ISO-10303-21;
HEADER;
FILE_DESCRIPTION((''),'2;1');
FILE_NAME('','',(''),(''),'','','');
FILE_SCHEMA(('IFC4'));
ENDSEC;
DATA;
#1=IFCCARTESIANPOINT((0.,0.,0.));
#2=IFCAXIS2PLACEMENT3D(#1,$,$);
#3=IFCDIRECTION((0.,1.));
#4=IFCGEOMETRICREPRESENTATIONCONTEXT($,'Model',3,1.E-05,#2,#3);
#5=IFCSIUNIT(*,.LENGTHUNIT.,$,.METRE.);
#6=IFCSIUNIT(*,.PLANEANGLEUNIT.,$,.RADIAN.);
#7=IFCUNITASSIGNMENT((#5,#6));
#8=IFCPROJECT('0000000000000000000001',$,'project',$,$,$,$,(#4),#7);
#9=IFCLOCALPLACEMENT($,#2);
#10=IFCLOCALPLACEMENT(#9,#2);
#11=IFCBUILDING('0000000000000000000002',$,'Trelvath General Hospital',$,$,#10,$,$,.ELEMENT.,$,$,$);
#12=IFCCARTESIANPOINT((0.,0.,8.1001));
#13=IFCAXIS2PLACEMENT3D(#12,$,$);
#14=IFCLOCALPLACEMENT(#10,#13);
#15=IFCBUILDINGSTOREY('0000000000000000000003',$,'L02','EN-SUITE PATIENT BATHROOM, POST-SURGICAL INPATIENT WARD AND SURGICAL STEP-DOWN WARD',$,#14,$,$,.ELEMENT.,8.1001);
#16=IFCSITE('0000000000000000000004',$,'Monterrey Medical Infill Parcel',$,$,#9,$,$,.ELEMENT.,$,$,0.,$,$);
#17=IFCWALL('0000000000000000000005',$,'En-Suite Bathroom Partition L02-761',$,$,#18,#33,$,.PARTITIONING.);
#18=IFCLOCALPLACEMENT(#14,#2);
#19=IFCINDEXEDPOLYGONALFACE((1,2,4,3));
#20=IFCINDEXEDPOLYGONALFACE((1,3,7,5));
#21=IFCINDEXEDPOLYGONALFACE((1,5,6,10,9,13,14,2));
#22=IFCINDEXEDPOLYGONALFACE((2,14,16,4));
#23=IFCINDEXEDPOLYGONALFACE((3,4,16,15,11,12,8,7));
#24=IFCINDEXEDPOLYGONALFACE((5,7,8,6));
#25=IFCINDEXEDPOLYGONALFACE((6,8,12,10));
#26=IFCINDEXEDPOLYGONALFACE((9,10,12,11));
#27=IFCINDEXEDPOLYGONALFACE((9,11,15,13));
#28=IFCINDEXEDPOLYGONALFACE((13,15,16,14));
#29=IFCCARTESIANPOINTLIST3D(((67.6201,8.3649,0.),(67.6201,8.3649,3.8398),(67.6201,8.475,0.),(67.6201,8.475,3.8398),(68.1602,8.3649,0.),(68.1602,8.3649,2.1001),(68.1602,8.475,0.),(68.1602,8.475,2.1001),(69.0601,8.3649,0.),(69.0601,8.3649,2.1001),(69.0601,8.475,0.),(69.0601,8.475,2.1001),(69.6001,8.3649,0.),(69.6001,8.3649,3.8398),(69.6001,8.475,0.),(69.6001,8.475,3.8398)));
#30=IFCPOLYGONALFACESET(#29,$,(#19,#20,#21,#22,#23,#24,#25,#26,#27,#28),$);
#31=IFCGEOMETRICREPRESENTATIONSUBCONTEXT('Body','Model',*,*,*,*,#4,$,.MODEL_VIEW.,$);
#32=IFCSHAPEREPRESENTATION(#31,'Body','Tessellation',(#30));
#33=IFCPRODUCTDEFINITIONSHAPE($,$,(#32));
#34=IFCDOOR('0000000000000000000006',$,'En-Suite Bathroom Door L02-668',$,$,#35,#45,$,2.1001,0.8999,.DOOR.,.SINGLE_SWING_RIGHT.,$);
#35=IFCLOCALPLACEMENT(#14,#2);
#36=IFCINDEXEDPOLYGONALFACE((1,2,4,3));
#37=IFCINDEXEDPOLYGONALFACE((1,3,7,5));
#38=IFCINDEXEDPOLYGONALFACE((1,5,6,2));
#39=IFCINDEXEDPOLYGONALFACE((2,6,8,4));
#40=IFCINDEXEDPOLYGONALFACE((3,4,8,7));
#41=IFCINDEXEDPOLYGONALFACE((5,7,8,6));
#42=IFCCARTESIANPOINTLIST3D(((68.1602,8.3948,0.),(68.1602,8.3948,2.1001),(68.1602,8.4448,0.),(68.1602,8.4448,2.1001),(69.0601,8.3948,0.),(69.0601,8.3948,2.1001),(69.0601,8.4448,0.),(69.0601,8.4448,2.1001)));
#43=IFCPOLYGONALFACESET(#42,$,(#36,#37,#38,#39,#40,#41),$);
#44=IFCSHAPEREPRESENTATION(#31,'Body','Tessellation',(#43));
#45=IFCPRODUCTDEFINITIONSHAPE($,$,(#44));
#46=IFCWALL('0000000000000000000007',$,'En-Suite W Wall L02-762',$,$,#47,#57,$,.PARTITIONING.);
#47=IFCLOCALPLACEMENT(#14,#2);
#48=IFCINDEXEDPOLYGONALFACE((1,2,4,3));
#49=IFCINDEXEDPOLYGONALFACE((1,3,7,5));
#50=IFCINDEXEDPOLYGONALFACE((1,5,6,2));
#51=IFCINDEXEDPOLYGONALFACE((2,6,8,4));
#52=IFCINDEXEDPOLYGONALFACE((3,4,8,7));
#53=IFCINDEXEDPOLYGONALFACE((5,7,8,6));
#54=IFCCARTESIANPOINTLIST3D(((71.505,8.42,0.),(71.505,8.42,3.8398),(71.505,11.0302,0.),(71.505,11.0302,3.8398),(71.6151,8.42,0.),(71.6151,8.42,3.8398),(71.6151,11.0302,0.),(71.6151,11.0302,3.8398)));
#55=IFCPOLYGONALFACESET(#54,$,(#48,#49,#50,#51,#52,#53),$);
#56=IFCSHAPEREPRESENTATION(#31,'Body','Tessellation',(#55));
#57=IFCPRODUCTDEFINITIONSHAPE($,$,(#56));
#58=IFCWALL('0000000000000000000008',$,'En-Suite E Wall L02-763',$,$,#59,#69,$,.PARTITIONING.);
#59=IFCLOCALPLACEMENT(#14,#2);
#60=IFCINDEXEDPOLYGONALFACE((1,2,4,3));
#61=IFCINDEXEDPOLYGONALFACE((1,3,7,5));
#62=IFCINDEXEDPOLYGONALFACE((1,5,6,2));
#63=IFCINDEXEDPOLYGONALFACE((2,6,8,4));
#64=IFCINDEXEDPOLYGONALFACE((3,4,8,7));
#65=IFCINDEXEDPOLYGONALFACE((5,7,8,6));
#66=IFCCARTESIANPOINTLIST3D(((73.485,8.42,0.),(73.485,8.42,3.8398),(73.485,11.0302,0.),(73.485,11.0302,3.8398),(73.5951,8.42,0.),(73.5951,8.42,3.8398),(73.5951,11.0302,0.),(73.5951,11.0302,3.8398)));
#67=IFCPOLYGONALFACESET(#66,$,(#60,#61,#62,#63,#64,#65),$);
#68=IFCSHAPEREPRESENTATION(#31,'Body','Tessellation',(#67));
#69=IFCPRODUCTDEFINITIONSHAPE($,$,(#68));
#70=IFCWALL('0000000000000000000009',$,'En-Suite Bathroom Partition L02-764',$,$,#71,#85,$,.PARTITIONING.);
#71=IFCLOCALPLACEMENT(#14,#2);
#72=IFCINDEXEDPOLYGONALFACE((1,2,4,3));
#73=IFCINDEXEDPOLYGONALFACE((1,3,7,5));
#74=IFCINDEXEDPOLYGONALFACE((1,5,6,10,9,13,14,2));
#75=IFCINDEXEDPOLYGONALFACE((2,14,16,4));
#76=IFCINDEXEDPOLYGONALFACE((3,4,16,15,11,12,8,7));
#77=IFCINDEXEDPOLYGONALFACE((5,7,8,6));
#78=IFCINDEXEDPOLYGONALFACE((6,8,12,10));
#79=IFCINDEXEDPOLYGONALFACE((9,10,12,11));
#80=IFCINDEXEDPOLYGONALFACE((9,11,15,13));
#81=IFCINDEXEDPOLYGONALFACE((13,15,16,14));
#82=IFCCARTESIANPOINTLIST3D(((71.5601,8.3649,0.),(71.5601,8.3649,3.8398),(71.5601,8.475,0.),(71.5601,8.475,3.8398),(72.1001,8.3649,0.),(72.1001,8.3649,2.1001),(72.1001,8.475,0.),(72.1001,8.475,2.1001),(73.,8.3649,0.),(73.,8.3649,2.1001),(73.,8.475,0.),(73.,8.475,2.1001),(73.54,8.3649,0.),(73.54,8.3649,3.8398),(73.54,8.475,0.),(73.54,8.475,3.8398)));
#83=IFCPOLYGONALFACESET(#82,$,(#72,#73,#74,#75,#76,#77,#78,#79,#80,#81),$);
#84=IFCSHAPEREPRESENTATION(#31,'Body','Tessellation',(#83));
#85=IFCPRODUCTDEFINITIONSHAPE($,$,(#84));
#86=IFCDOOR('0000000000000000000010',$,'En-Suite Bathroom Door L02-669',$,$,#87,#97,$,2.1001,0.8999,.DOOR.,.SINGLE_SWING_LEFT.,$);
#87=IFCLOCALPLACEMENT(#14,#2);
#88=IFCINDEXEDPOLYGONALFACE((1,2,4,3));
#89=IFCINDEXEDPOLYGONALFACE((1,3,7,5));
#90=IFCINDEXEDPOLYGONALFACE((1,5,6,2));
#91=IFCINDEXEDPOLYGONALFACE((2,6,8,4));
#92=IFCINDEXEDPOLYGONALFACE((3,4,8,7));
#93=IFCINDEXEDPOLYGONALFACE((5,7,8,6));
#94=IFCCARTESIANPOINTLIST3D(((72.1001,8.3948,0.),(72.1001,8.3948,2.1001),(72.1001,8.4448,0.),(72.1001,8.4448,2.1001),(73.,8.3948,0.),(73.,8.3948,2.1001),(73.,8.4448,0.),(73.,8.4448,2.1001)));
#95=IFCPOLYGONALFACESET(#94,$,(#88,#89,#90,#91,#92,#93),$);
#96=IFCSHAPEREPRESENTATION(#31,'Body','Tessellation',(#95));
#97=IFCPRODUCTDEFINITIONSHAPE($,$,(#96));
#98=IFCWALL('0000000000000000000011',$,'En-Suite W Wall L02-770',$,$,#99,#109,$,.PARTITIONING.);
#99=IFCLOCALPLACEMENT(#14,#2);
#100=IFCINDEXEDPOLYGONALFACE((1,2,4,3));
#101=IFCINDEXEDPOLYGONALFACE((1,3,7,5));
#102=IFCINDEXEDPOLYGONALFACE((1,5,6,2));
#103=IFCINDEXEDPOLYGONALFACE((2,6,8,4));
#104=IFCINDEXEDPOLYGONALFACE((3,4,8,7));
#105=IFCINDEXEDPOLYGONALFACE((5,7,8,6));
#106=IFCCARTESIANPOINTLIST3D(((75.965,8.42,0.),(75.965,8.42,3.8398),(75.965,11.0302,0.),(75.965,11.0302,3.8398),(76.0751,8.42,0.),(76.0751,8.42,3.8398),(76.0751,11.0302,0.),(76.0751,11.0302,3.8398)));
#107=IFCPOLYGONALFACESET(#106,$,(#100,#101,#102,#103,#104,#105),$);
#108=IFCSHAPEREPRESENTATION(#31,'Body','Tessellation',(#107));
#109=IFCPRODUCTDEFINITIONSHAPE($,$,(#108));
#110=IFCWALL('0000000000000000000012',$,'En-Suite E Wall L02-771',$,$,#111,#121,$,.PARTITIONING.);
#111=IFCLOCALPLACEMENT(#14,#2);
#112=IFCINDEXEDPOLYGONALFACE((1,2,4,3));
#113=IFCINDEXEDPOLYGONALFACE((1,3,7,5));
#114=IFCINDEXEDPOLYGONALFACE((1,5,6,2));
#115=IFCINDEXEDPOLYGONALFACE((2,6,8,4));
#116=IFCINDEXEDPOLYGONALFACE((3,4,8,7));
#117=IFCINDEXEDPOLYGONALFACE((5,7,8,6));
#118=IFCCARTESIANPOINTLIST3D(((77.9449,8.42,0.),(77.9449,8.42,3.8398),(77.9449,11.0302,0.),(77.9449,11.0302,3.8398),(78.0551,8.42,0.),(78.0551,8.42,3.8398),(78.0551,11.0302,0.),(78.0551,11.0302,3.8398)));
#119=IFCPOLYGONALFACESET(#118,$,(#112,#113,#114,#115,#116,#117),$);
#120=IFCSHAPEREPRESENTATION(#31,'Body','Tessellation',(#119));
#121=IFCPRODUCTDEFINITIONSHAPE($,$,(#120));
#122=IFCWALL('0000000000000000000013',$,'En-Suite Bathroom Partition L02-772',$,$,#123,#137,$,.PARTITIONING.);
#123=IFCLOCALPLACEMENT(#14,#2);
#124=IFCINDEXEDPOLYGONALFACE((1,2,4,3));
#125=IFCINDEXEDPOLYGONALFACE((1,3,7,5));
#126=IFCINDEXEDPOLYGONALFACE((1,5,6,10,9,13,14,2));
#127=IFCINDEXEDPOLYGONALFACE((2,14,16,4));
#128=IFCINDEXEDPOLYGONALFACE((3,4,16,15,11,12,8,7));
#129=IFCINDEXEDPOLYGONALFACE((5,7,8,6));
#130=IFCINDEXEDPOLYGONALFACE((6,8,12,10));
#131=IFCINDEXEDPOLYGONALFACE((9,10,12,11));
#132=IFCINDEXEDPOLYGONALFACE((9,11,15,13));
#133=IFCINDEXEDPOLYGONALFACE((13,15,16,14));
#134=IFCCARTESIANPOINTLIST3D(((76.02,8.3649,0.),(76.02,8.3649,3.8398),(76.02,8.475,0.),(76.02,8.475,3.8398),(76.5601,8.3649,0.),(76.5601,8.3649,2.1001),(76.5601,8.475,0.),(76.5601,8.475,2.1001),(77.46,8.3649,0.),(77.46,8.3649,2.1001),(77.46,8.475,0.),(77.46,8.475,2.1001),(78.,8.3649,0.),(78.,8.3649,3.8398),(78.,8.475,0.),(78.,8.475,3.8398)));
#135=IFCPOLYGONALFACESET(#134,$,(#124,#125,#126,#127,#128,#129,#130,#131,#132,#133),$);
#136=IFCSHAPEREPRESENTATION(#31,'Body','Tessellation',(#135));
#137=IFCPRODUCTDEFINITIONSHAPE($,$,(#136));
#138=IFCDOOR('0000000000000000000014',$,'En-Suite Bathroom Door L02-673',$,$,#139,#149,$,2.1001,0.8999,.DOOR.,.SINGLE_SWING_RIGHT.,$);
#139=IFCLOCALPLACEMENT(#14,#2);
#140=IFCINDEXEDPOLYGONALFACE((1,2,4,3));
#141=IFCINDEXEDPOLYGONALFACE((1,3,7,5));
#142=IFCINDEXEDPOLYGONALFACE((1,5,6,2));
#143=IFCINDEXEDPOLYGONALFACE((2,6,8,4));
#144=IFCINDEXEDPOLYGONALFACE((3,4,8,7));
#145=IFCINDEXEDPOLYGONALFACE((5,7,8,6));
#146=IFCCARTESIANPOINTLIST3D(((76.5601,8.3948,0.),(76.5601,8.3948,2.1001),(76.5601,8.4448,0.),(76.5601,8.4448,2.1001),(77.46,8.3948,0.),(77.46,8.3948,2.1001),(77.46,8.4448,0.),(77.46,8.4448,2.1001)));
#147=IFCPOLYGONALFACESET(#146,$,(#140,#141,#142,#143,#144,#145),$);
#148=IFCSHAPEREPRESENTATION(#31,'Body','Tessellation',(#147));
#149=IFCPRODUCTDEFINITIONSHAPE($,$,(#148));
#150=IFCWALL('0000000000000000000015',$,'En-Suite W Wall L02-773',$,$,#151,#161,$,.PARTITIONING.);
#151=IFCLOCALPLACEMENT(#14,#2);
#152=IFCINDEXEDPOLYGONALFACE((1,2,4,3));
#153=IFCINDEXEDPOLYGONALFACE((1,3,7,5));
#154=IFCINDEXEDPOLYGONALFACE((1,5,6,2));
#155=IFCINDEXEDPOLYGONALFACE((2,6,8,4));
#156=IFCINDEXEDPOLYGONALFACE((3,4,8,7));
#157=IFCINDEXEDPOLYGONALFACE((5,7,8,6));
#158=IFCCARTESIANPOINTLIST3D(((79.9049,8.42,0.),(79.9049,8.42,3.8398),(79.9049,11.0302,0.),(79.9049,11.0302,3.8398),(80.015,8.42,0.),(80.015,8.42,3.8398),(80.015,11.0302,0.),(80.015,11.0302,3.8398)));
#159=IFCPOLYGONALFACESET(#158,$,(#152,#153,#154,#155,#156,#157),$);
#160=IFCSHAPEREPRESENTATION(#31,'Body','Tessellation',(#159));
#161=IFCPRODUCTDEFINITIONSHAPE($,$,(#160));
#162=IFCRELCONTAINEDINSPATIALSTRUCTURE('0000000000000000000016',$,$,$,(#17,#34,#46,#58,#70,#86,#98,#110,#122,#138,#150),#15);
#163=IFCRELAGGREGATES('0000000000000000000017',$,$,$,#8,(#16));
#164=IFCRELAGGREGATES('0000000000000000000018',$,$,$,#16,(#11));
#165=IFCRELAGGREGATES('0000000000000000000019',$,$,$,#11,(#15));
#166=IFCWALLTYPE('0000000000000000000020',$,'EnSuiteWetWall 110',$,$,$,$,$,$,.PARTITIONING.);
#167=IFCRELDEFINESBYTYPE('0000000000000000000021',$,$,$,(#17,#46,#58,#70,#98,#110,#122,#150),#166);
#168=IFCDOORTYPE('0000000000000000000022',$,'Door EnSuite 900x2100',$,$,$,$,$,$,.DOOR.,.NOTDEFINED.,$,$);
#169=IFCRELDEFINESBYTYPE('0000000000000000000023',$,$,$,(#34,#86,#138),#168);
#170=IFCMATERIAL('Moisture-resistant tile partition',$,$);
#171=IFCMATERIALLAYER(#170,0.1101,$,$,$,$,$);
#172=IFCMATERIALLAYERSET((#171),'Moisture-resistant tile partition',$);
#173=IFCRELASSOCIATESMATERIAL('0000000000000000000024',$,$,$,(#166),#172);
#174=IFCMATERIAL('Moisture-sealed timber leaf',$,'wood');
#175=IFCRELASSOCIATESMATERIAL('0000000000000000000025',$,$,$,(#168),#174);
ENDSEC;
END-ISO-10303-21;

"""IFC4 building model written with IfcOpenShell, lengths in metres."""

from ifc_helpers import new_model, si_unit, direction, frame, frame_2d, origin, place, context, subcontext, project, spatial, rectangle, extrude, material, layer, layer_set, type_object, element, fill, save


model = new_model("IFC4")

# Units and contexts
model_context = context("Model", 3, precision=1e-05, world=origin(), true_north=direction((0.0, 1.0)))
body_context = subcontext(model_context, "Body", "Model", "MODEL_VIEW")
ifc_project = project(units=[si_unit("LENGTHUNIT", "METRE"), si_unit("PLANEANGLEUNIT", "RADIAN")], contexts=[model_context])

# Site, building, storey
site_placement = place(None, origin())
site = spatial("IfcSite", under=ifc_project, at=site_placement, Name="Monterrey Medical Infill Parcel", CompositionType="ELEMENT", RefElevation=0.0)
building_placement = place(site_placement, origin())
building = spatial("IfcBuilding", under=site, at=building_placement, Name="Trelvath General Hospital", CompositionType="ELEMENT")
storey_placement = place(building_placement, frame((0.0, 0.0, 8.1001)))
storey = spatial("IfcBuildingStorey", under=building, at=storey_placement, Name="L02", Description="EN-SUITE PATIENT BATHROOM, POST-SURGICAL INPATIENT WARD AND SURGICAL STEP-DOWN WARD", CompositionType="ELEMENT", Elevation=8.1001)

# Shared definitions
ifc_material_1 = material(Name="Moisture-resistant tile partition")
ifc_layer_1 = layer(ifc_material_1, 0.1101)
ifc_layer_set_1 = layer_set([ifc_layer_1], Name="Moisture-resistant tile partition")
wall_type_1 = type_object("IfcWallType", Name="EnSuiteWetWall 110", PredefinedType="PARTITIONING", material=ifc_layer_set_1)

# Wall, opening, door
wall_1_placement = place(storey_placement, frame((67.6201, 8.4199, 0.0), z_axis=(0.0, 0.0, 1.0), x_axis=(1.0, 0.0, 0.0)))
wall_1 = element("IfcWall", 1, at=wall_1_placement, inside=storey, type_object=wall_type_1, Name="En-Suite Bathroom Partition L02-761", PredefinedType="PARTITIONING", context=body_context, shape_type="SweptSolid", body=[
    extrude(rectangle(XDim=1.98, YDim=0.1101, at=frame_2d((0.99, 0.0))), origin(), (0.0, 0.0, 1.0), 3.8398),
])
opening_1_placement = place(wall_1_placement, frame((0.54, 0.0, 0.0)))
opening_1 = element("IfcOpeningElement", 2, at=opening_1_placement, cuts=wall_1, PredefinedType="OPENING", context=body_context, shape_type="SweptSolid", body=[
    extrude(rectangle(XDim=0.8999, YDim=2.1001, at=frame_2d((0.45, 1.05))), frame((0.0, 0.0649, 0.0), z_axis=(0.0, -1.0, 0.0), x_axis=(1.0, 0.0, 0.0)), (0.0, 0.0, 1.0), 0.1301),
])
ifc_material_2 = material(Name="Moisture-sealed timber leaf", Category="wood")
door_type = type_object("IfcDoorType", Name="Door EnSuite 900x2100", OperationType="NOTDEFINED", PredefinedType="DOOR", material=ifc_material_2)
door_1_placement = place(opening_1_placement, origin())
door_1 = element("IfcDoor", 3, at=door_1_placement, inside=storey, type_object=door_type, Name="En-Suite Bathroom Door L02-668", OperationType="SINGLE_SWING_RIGHT", OverallHeight=2.1001, OverallWidth=0.8999, PredefinedType="DOOR", context=body_context, shape_type="SweptSolid", body=[
    extrude(rectangle(XDim=0.8999, YDim=2.1001, at=frame_2d((0.45, 1.05))), frame((0.0, 0.0249, 0.0), z_axis=(0.0, -1.0, 0.0), x_axis=(1.0, 0.0, 0.0)), (0.0, 0.0, 1.0), 0.05),
])
fill(opening_1, door_1)

# Walls
for number, where, z_axis, x_axis, name in (
    (4, (71.5601, 8.4199, 0.0), (0.0, 0.0, 1.0), (0.0, 1.0, 0.0), "En-Suite W Wall L02-762"),
    (5, (73.54, 8.4199, 0.0), (0.0, 0.0, 1.0), (0.0, 1.0, 0.0), "En-Suite E Wall L02-763"),
):
    element("IfcWall", number, at=place(storey_placement, frame(where, z_axis=z_axis, x_axis=x_axis)), inside=storey, type_object=wall_type_1, Name=name, PredefinedType="PARTITIONING", context=body_context, shape_type="SweptSolid", body=[
        extrude(rectangle(XDim=2.6101, YDim=0.1101, at=frame_2d((1.3052, 0.0))), origin(), (0.0, 0.0, 1.0), 3.8398),
    ])

# Wall, opening, door
wall_2_placement = place(storey_placement, frame((71.5601, 8.4199, 0.0), z_axis=(0.0, 0.0, 1.0), x_axis=(1.0, 0.0, 0.0)))
wall_2 = element("IfcWall", 6, at=wall_2_placement, inside=storey, type_object=wall_type_1, Name="En-Suite Bathroom Partition L02-764", PredefinedType="PARTITIONING", context=body_context, shape_type="SweptSolid", body=[
    extrude(rectangle(XDim=1.98, YDim=0.1101, at=frame_2d((0.99, 0.0))), origin(), (0.0, 0.0, 1.0), 3.8398),
])
opening_2_placement = place(wall_2_placement, frame((0.54, 0.0, 0.0)))
opening_2 = element("IfcOpeningElement", 7, at=opening_2_placement, cuts=wall_2, PredefinedType="OPENING", context=body_context, shape_type="SweptSolid", body=[
    extrude(rectangle(XDim=0.8999, YDim=2.1001, at=frame_2d((0.45, 1.05))), frame((0.0, 0.0649, 0.0), z_axis=(0.0, -1.0, 0.0), x_axis=(1.0, 0.0, 0.0)), (0.0, 0.0, 1.0), 0.1301),
])
door_2_placement = place(opening_2_placement, origin())
door_2 = element("IfcDoor", 8, at=door_2_placement, inside=storey, type_object=door_type, Name="En-Suite Bathroom Door L02-669", OperationType="SINGLE_SWING_LEFT", OverallHeight=2.1001, OverallWidth=0.8999, PredefinedType="DOOR", context=body_context, shape_type="SweptSolid", body=[
    extrude(rectangle(XDim=0.8999, YDim=2.1001, at=frame_2d((0.45, 1.05))), frame((0.0, 0.0249, 0.0), z_axis=(0.0, -1.0, 0.0), x_axis=(1.0, 0.0, 0.0)), (0.0, 0.0, 1.0), 0.05),
])
fill(opening_2, door_2)

# Walls
for number, where, z_axis, x_axis, name in (
    (9, (76.02, 8.4199, 0.0), (0.0, 0.0, 1.0), (0.0, 1.0, 0.0), "En-Suite W Wall L02-770"),
    (10, (78.0, 8.4199, 0.0), (0.0, 0.0, 1.0), (0.0, 1.0, 0.0), "En-Suite E Wall L02-771"),
):
    element("IfcWall", number, at=place(storey_placement, frame(where, z_axis=z_axis, x_axis=x_axis)), inside=storey, type_object=wall_type_1, Name=name, PredefinedType="PARTITIONING", context=body_context, shape_type="SweptSolid", body=[
        extrude(rectangle(XDim=2.6101, YDim=0.1101, at=frame_2d((1.3052, 0.0))), origin(), (0.0, 0.0, 1.0), 3.8398),
    ])

# Wall, opening, door
wall_3_placement = place(storey_placement, frame((76.02, 8.4199, 0.0), z_axis=(0.0, 0.0, 1.0), x_axis=(1.0, 0.0, 0.0)))
wall_3 = element("IfcWall", 11, at=wall_3_placement, inside=storey, type_object=wall_type_1, Name="En-Suite Bathroom Partition L02-772", PredefinedType="PARTITIONING", context=body_context, shape_type="SweptSolid", body=[
    extrude(rectangle(XDim=1.98, YDim=0.1101, at=frame_2d((0.99, 0.0))), origin(), (0.0, 0.0, 1.0), 3.8398),
])
opening_3_placement = place(wall_3_placement, frame((0.54, 0.0, 0.0)))
opening_3 = element("IfcOpeningElement", 12, at=opening_3_placement, cuts=wall_3, PredefinedType="OPENING", context=body_context, shape_type="SweptSolid", body=[
    extrude(rectangle(XDim=0.8999, YDim=2.1001, at=frame_2d((0.45, 1.05))), frame((0.0, 0.0649, 0.0), z_axis=(0.0, -1.0, 0.0), x_axis=(1.0, 0.0, 0.0)), (0.0, 0.0, 1.0), 0.1301),
])
door_3_placement = place(opening_3_placement, origin())
door_3 = element("IfcDoor", 13, at=door_3_placement, inside=storey, type_object=door_type, Name="En-Suite Bathroom Door L02-673", OperationType="SINGLE_SWING_RIGHT", OverallHeight=2.1001, OverallWidth=0.8999, PredefinedType="DOOR", context=body_context, shape_type="SweptSolid", body=[
    extrude(rectangle(XDim=0.8999, YDim=2.1001, at=frame_2d((0.45, 1.05))), frame((0.0, 0.0249, 0.0), z_axis=(0.0, -1.0, 0.0), x_axis=(1.0, 0.0, 0.0)), (0.0, 0.0, 1.0), 0.05),
])
fill(opening_3, door_3)

# Wall
wall_4_placement = place(storey_placement, frame((79.96, 8.4199, 0.0), z_axis=(0.0, 0.0, 1.0), x_axis=(0.0, 1.0, 0.0)))
element("IfcWall", 14, at=wall_4_placement, inside=storey, type_object=wall_type_1, Name="En-Suite W Wall L02-773", PredefinedType="PARTITIONING", context=body_context, shape_type="SweptSolid", body=[
    extrude(rectangle(XDim=2.6101, YDim=0.1101, at=frame_2d((1.3052, 0.0))), origin(), (0.0, 0.0, 1.0), 3.8398),
])

save(model, "model.ifc")
